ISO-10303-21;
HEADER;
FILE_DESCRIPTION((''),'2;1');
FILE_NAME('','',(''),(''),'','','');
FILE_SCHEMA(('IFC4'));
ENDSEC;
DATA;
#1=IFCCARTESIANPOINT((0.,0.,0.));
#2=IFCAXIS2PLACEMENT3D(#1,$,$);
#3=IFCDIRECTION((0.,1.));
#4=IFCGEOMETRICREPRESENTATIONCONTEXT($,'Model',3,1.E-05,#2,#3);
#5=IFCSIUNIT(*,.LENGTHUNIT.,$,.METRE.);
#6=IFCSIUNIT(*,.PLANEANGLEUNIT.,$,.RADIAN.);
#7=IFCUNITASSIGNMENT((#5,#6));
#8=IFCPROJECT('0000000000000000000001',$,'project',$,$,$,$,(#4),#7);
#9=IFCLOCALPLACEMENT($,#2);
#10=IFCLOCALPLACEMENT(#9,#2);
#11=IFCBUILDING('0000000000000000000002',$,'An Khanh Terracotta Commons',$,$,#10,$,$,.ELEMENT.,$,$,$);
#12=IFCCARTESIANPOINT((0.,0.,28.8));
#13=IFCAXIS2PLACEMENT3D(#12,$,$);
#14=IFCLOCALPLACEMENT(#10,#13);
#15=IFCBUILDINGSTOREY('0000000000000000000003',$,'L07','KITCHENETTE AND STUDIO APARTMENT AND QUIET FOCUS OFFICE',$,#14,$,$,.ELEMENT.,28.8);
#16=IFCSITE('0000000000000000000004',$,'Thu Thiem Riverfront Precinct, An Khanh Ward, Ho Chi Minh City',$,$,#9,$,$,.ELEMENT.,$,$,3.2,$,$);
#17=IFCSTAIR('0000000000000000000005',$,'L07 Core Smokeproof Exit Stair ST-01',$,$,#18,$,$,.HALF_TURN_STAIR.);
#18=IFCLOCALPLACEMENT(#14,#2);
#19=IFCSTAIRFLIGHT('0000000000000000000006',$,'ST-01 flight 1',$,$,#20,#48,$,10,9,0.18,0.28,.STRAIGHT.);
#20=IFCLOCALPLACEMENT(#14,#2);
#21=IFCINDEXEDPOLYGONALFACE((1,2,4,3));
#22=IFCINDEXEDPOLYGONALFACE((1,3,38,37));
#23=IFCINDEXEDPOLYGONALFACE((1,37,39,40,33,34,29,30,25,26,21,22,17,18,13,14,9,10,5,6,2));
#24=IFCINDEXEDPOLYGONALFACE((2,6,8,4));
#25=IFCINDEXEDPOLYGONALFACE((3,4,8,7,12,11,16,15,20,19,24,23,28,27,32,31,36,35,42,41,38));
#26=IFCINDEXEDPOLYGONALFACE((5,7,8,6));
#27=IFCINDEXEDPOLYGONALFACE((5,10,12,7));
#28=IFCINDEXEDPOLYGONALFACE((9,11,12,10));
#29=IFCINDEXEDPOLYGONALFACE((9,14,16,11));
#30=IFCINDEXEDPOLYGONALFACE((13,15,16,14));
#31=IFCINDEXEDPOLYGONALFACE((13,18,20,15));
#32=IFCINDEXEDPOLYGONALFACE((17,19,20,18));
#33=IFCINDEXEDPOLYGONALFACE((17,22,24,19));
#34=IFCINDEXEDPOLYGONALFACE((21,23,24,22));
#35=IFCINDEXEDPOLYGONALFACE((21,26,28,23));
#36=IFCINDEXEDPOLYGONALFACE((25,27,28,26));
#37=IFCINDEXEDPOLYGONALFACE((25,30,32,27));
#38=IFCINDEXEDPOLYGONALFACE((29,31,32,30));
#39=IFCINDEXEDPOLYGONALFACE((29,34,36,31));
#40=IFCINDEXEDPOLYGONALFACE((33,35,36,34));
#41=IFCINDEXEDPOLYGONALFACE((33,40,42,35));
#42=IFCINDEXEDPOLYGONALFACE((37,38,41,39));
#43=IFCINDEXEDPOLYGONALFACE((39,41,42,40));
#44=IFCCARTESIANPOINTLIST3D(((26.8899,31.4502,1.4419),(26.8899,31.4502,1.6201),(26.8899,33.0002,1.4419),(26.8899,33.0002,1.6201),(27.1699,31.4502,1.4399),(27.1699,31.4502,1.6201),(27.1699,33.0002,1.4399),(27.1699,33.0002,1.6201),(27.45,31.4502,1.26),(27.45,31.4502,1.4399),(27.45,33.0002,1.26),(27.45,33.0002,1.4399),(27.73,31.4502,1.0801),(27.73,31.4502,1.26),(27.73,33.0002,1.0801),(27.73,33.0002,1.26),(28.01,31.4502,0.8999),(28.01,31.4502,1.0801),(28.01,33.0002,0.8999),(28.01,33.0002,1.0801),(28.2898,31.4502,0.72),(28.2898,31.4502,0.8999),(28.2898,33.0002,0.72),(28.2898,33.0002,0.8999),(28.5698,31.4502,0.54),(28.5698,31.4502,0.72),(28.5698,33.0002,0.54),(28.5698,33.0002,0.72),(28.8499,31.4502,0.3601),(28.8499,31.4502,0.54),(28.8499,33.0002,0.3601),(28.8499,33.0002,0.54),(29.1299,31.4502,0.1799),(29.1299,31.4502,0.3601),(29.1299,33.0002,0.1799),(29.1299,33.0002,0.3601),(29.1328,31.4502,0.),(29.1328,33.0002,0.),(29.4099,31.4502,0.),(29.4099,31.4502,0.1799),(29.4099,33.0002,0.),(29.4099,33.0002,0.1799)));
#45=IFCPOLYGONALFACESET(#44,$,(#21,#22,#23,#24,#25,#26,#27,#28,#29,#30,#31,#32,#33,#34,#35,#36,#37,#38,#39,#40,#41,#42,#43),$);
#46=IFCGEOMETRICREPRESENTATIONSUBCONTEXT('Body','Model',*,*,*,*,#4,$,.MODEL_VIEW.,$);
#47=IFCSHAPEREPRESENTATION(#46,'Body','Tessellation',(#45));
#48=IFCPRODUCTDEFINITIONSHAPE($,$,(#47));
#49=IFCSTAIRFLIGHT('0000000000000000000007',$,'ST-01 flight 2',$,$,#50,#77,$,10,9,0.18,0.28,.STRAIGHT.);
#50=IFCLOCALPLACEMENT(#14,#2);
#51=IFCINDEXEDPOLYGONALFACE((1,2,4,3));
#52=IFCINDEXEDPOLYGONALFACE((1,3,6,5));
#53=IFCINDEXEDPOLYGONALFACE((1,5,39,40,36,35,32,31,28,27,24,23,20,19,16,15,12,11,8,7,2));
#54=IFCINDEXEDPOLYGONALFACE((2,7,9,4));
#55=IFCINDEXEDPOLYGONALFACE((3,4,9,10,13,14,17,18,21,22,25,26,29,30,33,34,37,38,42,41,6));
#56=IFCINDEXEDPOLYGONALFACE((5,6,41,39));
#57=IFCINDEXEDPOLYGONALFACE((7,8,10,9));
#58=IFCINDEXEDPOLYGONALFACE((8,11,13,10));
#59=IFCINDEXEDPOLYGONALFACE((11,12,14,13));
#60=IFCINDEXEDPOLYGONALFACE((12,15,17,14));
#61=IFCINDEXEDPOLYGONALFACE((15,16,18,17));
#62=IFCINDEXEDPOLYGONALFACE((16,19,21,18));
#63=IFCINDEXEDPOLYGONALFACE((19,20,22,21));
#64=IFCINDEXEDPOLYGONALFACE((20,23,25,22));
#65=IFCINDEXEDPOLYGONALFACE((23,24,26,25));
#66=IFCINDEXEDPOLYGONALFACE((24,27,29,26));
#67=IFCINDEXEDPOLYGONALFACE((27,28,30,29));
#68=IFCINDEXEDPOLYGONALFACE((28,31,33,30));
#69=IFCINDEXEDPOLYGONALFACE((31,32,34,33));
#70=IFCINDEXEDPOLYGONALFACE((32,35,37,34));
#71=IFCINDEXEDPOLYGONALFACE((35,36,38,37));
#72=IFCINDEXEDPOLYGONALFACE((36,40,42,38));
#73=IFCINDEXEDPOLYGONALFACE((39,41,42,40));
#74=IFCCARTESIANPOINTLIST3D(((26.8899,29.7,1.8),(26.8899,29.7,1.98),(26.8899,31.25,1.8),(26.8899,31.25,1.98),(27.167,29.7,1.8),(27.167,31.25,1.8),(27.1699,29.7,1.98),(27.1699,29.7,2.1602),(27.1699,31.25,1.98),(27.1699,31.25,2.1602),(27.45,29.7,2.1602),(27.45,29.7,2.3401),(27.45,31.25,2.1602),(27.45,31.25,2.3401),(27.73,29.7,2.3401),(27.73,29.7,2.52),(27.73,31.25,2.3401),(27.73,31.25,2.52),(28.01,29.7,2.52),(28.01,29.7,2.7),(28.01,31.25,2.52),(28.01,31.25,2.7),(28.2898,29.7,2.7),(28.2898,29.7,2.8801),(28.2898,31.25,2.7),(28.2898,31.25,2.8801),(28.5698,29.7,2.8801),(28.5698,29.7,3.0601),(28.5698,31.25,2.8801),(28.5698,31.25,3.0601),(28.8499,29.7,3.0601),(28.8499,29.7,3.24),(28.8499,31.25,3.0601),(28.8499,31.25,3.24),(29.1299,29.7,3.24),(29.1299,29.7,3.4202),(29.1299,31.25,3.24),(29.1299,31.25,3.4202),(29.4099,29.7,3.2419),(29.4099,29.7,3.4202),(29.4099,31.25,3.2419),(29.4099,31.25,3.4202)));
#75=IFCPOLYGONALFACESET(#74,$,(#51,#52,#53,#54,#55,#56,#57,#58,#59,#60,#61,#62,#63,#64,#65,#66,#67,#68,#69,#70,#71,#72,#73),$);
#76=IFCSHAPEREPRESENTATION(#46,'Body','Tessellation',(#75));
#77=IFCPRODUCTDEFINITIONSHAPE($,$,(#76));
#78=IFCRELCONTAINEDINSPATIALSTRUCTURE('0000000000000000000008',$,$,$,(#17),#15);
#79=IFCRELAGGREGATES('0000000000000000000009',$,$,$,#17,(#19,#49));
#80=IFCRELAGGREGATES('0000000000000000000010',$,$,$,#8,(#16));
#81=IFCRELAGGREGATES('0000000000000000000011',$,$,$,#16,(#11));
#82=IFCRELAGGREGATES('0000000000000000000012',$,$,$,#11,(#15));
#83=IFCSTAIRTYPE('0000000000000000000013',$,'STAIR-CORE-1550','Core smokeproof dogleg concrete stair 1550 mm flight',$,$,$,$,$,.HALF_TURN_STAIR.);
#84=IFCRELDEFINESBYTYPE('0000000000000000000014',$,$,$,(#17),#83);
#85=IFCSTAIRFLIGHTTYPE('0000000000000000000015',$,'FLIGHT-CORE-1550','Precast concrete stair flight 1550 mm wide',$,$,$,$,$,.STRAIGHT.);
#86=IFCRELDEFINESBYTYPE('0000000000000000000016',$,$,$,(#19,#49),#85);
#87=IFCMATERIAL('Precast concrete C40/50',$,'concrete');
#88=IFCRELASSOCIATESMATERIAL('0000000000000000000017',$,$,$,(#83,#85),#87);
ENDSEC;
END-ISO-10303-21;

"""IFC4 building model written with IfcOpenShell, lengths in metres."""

from ifc_helpers import new_model, si_unit, direction, frame, origin, place, context, subcontext, project, spatial, polyline, outline, extrude, material, type_object, element, aggregate, save


model = new_model("IFC4")

# Units and contexts
model_context = context("Model", 3, precision=1e-05, world=origin(), true_north=direction((0.0, 1.0)))
body_context = subcontext(model_context, "Body", "Model", "MODEL_VIEW")
ifc_project = project(units=[si_unit("LENGTHUNIT", "METRE"), si_unit("PLANEANGLEUNIT", "RADIAN")], contexts=[model_context])

# Site, building, storey
site_placement = place(None, origin())
site = spatial("IfcSite", under=ifc_project, at=site_placement, Name="Thu Thiem Riverfront Precinct, An Khanh Ward, Ho Chi Minh City", CompositionType="ELEMENT", RefElevation=3.2)
building_placement = place(site_placement, origin())
building = spatial("IfcBuilding", under=site, at=building_placement, Name="An Khanh Terracotta Commons", CompositionType="ELEMENT")
storey_placement = place(building_placement, frame((0.0, 0.0, 28.8)))
storey = spatial("IfcBuildingStorey", under=building, at=storey_placement, Name="L07", Description="KITCHENETTE AND STUDIO APARTMENT AND QUIET FOCUS OFFICE", CompositionType="ELEMENT", Elevation=28.8)

# Stair, stair flights
ifc_material_1 = material(Name="Precast concrete C40/50", Category="concrete")
stair_type = type_object("IfcStairType", Name="STAIR-CORE-1550", Description="Core smokeproof dogleg concrete stair 1550 mm flight", PredefinedType="HALF_TURN_STAIR", material=ifc_material_1)
stair_placement = place(storey_placement, origin())
stair = element("IfcStair", 1, at=stair_placement, inside=storey, type_object=stair_type, Name="L07 Core Smokeproof Exit Stair ST-01", PredefinedType="HALF_TURN_STAIR")
stair_flight_type = type_object("IfcStairFlightType", Name="FLIGHT-CORE-1550", Description="Precast concrete stair flight 1550 mm wide", PredefinedType="STRAIGHT", material=ifc_material_1)
stair_flight_1_placement = place(storey_placement, frame((29.4099, 32.2251, 0.0), z_axis=(0.0, 0.0, 1.0), x_axis=(-1.0, 0.0, 0.0)))
stair_flight_1 = element("IfcStairFlight", 2, at=stair_flight_1_placement, type_object=stair_flight_type, Name="ST-01 flight 1", NumberOfRisers=10, NumberOfTreads=9, PredefinedType="STRAIGHT", RiserHeight=0.18, TreadLength=0.28, context=body_context, shape_type="SweptSolid", body=[
    extrude(outline(polyline([(0.0, 0.0), (0.0, 0.1799), (0.28, 0.1799), (0.28, 0.3601), (0.5601, 0.3601), (0.5601, 0.54), (0.8401, 0.54), (0.8401, 0.72), (1.1201, 0.72), (1.1201, 0.8999), (1.3999, 0.8999), (1.3999, 1.0801), (1.6799, 1.0801), (1.6799, 1.26), (1.96, 1.26), (1.96, 1.4399), (2.24, 1.4399), (2.24, 1.6201), (2.52, 1.6201), (2.52, 1.8), (2.52, 1.4419), (0.2771, 0.0), (0.0, 0.0)])), frame((0.0, 0.7749, 0.0), z_axis=(0.0, -1.0, 0.0), x_axis=(1.0, 0.0, 0.0)), (0.0, 0.0, 1.0), 1.55),
])
stair_flight_2_placement = place(storey_placement, frame((26.8899, 30.4751, 1.8), z_axis=(0.0, 0.0, 1.0), x_axis=(1.0, 0.0, 0.0)))
stair_flight_2 = element("IfcStairFlight", 3, at=stair_flight_2_placement, type_object=stair_flight_type, Name="ST-01 flight 2", NumberOfRisers=10, NumberOfTreads=9, PredefinedType="STRAIGHT", RiserHeight=0.18, TreadLength=0.28, context=body_context, shape_type="SweptSolid", body=[
    extrude(outline(polyline([(0.0, 0.0), (0.0, 0.1799), (0.28, 0.1799), (0.28, 0.3601), (0.5601, 0.3601), (0.5601, 0.54), (0.8401, 0.54), (0.8401, 0.72), (1.1201, 0.72), (1.1201, 0.8999), (1.3999, 0.8999), (1.3999, 1.0801), (1.6799, 1.0801), (1.6799, 1.26), (1.96, 1.26), (1.96, 1.4399), (2.24, 1.4399), (2.24, 1.6201), (2.52, 1.6201), (2.52, 1.8), (2.52, 1.4419), (0.2771, 0.0), (0.0, 0.0)])), frame((0.0, 0.7749, 0.0), z_axis=(0.0, -1.0, 0.0), x_axis=(1.0, 0.0, 0.0)), (0.0, 0.0, 1.0), 1.55),
])
aggregate(stair, [stair_flight_1, stair_flight_2])

save(model, "model.ifc")
